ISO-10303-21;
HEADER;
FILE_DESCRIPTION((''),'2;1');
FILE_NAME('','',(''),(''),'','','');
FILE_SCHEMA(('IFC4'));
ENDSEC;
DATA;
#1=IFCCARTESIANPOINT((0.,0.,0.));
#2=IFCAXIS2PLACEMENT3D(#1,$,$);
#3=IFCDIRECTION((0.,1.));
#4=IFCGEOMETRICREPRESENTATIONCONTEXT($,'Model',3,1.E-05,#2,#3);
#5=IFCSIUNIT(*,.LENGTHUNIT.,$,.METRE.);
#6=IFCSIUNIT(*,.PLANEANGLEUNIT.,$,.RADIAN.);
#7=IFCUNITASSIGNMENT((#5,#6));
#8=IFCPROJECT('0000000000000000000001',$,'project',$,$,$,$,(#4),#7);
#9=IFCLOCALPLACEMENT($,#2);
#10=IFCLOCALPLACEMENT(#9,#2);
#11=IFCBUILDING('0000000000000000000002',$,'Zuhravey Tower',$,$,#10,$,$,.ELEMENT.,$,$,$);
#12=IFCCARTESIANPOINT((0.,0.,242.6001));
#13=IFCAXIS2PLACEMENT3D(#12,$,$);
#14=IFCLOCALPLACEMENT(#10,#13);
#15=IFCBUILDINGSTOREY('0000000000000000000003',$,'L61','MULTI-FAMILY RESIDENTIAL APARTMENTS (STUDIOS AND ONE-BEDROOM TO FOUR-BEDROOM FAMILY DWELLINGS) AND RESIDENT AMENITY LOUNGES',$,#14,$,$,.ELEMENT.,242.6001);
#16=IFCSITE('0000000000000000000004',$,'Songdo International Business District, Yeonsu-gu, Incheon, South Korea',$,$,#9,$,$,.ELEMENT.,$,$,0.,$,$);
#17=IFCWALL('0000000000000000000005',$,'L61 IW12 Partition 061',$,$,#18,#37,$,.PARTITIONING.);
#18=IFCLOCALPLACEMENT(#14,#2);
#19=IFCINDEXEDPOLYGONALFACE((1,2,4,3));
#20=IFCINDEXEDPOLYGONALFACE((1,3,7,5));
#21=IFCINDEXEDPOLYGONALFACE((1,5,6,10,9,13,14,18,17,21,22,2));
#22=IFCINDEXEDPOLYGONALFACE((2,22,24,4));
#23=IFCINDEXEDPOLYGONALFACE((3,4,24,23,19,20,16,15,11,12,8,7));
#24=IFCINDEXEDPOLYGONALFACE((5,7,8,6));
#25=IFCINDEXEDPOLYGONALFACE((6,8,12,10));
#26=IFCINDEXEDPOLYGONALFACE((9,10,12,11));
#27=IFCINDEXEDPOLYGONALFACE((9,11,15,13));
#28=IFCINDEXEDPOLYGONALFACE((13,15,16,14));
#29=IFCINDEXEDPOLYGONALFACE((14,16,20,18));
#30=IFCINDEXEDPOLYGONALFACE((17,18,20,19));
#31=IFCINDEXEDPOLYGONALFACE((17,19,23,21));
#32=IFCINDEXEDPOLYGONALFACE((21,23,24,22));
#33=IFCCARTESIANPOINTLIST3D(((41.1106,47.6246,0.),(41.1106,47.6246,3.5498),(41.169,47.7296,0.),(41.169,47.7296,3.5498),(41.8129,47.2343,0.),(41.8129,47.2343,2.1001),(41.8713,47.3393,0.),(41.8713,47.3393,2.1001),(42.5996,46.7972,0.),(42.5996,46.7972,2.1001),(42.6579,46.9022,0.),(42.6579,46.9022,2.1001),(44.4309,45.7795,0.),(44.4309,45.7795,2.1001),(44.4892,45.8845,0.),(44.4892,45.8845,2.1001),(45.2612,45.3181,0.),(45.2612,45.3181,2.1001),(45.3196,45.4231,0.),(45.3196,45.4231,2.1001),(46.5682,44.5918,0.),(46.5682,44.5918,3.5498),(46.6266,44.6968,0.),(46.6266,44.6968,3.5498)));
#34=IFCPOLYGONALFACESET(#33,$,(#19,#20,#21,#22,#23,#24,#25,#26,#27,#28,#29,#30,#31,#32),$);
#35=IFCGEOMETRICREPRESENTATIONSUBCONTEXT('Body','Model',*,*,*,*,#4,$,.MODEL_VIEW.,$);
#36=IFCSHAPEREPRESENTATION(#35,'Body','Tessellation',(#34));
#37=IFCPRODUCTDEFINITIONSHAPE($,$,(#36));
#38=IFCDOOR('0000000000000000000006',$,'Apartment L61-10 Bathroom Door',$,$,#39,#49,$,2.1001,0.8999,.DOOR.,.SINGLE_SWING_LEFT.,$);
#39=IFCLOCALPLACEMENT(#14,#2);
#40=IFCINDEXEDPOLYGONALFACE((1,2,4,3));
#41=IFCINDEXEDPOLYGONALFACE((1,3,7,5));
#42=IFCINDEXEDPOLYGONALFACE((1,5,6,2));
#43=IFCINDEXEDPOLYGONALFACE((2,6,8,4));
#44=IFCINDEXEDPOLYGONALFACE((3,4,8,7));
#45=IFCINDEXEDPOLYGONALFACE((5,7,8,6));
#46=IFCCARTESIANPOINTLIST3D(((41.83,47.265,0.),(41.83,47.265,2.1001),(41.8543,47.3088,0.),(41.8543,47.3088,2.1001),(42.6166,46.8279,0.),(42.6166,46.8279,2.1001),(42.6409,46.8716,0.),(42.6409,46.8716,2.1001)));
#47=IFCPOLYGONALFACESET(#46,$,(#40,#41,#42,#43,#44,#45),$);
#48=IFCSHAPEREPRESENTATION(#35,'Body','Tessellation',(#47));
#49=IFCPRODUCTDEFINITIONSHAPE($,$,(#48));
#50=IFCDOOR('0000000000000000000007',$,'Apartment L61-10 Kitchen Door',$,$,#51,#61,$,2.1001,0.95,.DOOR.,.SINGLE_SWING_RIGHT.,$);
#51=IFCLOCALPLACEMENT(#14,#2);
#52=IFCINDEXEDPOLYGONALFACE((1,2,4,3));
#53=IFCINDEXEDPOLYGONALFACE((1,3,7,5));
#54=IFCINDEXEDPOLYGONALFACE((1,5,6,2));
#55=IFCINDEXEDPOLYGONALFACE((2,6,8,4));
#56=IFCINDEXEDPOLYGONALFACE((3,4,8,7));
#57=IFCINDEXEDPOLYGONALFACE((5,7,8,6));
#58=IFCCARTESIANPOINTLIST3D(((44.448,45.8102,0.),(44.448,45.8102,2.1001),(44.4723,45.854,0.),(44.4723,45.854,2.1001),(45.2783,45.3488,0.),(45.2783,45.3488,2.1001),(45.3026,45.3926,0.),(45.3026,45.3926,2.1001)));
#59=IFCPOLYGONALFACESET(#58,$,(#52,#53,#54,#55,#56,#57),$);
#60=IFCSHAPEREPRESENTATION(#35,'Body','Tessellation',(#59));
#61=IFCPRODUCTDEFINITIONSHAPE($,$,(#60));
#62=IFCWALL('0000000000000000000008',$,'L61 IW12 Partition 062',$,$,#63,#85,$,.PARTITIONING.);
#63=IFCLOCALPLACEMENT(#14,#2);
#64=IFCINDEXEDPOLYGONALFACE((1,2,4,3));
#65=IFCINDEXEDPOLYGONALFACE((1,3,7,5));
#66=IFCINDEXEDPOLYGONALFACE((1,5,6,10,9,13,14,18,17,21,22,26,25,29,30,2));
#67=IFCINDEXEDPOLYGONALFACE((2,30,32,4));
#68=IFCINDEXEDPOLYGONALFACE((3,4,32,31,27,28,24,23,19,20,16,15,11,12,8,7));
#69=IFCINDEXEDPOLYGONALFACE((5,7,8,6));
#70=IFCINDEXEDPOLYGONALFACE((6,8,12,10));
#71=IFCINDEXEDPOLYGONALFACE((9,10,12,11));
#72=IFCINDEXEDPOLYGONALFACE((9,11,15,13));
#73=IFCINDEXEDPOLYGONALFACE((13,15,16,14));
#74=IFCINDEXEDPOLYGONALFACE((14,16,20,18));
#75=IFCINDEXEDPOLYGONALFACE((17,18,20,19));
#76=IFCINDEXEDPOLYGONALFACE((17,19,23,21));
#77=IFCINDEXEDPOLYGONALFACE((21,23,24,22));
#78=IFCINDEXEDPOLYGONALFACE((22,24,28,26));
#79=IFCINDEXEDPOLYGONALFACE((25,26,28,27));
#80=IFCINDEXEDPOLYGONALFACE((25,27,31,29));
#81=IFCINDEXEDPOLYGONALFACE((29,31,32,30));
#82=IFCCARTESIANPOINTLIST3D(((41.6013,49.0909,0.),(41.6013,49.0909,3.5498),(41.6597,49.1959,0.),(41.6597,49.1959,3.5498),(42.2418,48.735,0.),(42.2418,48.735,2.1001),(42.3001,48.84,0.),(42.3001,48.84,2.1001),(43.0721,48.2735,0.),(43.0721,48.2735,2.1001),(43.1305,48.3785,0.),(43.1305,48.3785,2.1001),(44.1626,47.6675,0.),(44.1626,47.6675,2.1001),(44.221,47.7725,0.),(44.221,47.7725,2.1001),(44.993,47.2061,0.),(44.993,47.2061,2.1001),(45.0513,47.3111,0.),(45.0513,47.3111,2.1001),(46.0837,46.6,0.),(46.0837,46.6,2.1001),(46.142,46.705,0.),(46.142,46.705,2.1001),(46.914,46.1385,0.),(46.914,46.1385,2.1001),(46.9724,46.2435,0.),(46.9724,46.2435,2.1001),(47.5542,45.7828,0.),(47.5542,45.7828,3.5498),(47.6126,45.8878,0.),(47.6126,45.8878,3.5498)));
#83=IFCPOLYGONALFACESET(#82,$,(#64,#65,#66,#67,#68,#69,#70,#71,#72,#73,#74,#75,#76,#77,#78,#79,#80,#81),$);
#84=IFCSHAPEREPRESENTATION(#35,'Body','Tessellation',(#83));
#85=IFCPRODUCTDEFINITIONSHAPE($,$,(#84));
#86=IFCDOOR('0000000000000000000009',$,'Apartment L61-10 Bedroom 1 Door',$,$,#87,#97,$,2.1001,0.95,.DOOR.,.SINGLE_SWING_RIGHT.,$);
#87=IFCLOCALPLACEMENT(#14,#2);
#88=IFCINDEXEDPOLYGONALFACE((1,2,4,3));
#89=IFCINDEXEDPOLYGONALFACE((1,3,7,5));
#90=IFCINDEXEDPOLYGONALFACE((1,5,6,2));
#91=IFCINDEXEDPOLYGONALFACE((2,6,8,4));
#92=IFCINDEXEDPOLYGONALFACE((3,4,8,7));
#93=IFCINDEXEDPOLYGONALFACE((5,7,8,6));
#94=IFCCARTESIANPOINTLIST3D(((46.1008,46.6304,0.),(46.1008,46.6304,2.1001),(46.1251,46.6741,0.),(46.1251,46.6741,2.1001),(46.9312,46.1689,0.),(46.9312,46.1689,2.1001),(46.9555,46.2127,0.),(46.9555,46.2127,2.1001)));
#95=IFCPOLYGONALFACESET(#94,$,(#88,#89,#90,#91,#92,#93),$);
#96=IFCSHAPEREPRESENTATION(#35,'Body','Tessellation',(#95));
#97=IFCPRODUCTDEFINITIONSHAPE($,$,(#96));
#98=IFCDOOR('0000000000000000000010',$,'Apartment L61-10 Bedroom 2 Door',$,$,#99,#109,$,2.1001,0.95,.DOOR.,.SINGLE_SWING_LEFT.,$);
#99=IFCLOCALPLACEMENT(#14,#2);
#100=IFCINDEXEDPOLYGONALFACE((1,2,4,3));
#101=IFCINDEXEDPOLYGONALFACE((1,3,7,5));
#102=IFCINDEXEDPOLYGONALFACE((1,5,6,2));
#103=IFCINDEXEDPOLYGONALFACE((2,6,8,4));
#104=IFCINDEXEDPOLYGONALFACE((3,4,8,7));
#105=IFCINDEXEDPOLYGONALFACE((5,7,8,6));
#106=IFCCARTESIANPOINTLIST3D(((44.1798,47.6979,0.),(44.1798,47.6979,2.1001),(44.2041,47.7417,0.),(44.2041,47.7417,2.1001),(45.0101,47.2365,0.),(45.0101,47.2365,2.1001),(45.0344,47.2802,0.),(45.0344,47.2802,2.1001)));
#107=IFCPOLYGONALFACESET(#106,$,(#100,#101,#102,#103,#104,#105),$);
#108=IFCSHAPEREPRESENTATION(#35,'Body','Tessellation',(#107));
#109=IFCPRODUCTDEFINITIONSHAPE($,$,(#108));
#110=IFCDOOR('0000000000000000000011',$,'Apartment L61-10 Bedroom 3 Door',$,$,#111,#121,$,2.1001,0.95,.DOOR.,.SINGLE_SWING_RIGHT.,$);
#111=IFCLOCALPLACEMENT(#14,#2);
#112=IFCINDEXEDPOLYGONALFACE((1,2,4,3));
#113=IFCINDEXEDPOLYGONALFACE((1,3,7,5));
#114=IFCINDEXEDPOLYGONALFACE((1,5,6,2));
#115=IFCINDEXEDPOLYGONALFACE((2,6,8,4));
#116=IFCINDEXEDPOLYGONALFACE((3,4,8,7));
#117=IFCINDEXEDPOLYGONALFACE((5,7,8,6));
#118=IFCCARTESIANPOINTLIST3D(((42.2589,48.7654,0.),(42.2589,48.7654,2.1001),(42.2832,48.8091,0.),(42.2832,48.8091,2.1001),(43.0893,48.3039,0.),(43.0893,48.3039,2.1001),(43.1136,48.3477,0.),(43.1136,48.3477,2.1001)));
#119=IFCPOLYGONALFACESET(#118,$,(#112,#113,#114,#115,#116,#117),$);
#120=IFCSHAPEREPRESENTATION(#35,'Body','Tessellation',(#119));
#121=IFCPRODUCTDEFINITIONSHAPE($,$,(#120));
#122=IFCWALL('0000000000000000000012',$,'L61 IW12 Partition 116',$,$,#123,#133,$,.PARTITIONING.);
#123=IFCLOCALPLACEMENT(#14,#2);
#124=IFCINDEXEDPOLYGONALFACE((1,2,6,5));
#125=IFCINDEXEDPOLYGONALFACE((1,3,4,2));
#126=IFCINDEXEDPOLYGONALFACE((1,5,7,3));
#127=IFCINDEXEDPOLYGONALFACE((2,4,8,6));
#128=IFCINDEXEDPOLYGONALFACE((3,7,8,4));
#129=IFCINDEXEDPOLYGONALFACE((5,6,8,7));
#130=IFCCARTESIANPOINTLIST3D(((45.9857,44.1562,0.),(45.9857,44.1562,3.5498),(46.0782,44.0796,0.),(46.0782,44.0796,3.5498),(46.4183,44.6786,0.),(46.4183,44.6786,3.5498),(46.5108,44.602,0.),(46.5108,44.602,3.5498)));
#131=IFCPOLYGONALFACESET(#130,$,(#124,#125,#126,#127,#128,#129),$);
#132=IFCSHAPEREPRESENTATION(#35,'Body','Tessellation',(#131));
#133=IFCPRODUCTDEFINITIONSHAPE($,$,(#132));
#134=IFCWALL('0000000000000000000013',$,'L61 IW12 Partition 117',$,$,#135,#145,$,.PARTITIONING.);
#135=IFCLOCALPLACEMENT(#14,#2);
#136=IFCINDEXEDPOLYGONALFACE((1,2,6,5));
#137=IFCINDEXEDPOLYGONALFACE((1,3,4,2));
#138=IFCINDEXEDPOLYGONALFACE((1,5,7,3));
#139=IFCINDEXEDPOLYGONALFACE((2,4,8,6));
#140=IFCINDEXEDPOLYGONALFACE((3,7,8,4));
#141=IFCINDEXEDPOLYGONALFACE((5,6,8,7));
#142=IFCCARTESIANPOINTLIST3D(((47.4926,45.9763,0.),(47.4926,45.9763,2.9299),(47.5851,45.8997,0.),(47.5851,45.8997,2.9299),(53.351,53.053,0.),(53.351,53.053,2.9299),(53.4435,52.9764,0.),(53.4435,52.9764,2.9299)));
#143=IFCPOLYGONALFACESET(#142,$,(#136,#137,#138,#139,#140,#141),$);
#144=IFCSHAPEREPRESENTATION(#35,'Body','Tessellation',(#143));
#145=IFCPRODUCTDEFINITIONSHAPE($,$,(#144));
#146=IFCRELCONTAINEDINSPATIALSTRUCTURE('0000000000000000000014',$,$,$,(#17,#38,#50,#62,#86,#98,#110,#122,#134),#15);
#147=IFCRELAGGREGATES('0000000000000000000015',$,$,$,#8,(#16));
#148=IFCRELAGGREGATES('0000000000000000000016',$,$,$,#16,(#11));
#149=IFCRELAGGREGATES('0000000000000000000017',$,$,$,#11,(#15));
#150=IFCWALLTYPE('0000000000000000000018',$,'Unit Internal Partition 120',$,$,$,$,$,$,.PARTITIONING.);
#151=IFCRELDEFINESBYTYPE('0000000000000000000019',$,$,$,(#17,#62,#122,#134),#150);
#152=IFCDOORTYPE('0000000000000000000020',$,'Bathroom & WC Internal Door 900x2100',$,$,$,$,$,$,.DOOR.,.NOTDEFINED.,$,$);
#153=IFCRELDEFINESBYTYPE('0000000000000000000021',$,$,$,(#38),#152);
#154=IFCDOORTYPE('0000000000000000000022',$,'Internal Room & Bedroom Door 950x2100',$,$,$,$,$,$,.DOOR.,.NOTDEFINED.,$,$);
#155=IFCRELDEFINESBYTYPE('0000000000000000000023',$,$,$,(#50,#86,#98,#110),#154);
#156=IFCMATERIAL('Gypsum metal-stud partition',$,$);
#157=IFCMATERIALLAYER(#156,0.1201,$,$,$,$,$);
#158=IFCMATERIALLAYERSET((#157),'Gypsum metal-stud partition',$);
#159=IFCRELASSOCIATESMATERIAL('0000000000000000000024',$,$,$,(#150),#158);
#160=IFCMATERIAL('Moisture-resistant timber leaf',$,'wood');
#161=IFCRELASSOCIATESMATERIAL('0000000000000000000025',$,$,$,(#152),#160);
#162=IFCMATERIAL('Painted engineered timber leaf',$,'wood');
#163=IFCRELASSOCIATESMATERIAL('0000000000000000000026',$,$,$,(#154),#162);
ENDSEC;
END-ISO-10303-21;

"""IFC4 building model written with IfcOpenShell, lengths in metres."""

from ifc_helpers import new_model, si_unit, direction, frame, frame_2d, origin, place, context, subcontext, project, spatial, rectangle, extrude, material, layer, layer_set, type_object, element, fill, save


model = new_model("IFC4")

# Units and contexts
model_context = context("Model", 3, precision=1e-05, world=origin(), true_north=direction((0.0, 1.0)))
body_context = subcontext(model_context, "Body", "Model", "MODEL_VIEW")
ifc_project = project(units=[si_unit("LENGTHUNIT", "METRE"), si_unit("PLANEANGLEUNIT", "RADIAN")], contexts=[model_context])

# Site, building, storey
site_placement = place(None, origin())
site = spatial("IfcSite", under=ifc_project, at=site_placement, Name="Songdo International Business District, Yeonsu-gu, Incheon, South Korea", CompositionType="ELEMENT", RefElevation=0.0)
building_placement = place(site_placement, origin())
building = spatial("IfcBuilding", under=site, at=building_placement, Name="Zuhravey Tower", CompositionType="ELEMENT")
storey_placement = place(building_placement, frame((0.0, 0.0, 242.6001)))
storey = spatial("IfcBuildingStorey", under=building, at=storey_placement, Name="L61", Description="MULTI-FAMILY RESIDENTIAL APARTMENTS (STUDIOS AND ONE-BEDROOM TO FOUR-BEDROOM FAMILY DWELLINGS) AND RESIDENT AMENITY LOUNGES", CompositionType="ELEMENT", Elevation=242.6001)

# Walls, openings, doors
ifc_material_1 = material(Name="Gypsum metal-stud partition")
ifc_layer_1 = layer(ifc_material_1, 0.1201)
ifc_layer_set_1 = layer_set([ifc_layer_1], Name="Gypsum metal-stud partition")
wall_type_1 = type_object("IfcWallType", Name="Unit Internal Partition 120", PredefinedType="PARTITIONING", material=ifc_layer_set_1)
wall_1_placement = place(storey_placement, frame((46.5974, 44.6443, 0.0), z_axis=(0.0, 0.0, 1.0), x_axis=(-0.874106, 0.485736, 0.0)))
wall_1 = element("IfcWall", 1, at=wall_1_placement, inside=storey, type_object=wall_type_1, Name="L61 IW12 Partition 061", PredefinedType="PARTITIONING", context=body_context, shape_type="SweptSolid", body=[
    extrude(rectangle(XDim=6.2437, YDim=0.1201, at=frame_2d((3.1218, 0.0))), origin(), (0.0, 0.0, 1.0), 3.5498),
])
opening_1_placement = place(wall_1_placement, frame((1.4951, 0.0, 0.0)))
opening_1 = element("IfcOpeningElement", 2, at=opening_1_placement, cuts=wall_1, PredefinedType="OPENING", context=body_context, shape_type="SweptSolid", body=[
    extrude(rectangle(XDim=0.95, YDim=2.1001, at=frame_2d((0.4751, 1.05))), frame((0.0, 0.072, 0.0), z_axis=(0.0, -1.0, 0.0), x_axis=(1.0, 0.0, 0.0)), (0.0, 0.0, 1.0), 0.144),
])
opening_2_placement = place(wall_1_placement, frame((4.5403, 0.0, 0.0)))
opening_2 = element("IfcOpeningElement", 3, at=opening_2_placement, cuts=wall_1, PredefinedType="OPENING", context=body_context, shape_type="SweptSolid", body=[
    extrude(rectangle(XDim=0.8999, YDim=2.1001, at=frame_2d((0.45, 1.05))), frame((0.0, 0.072, 0.0), z_axis=(0.0, -1.0, 0.0), x_axis=(1.0, 0.0, 0.0)), (0.0, 0.0, 1.0), 0.144),
])
ifc_material_2 = material(Name="Moisture-resistant timber leaf", Category="wood")
door_type_1 = type_object("IfcDoorType", Name="Bathroom & WC Internal Door 900x2100", OperationType="NOTDEFINED", PredefinedType="DOOR", material=ifc_material_2)
door_1_placement = place(opening_2_placement, origin())
door_1 = element("IfcDoor", 4, at=door_1_placement, inside=storey, type_object=door_type_1, Name="Apartment L61-10 Bathroom Door", OperationType="SINGLE_SWING_LEFT", OverallHeight=2.1001, OverallWidth=0.8999, PredefinedType="DOOR", context=body_context, shape_type="SweptSolid", body=[
    extrude(rectangle(XDim=0.8999, YDim=2.1001, at=frame_2d((0.45, 1.05))), frame((0.0, 0.0249, 0.0), z_axis=(0.0, -1.0, 0.0), x_axis=(1.0, 0.0, 0.0)), (0.0, 0.0, 1.0), 0.05),
])
fill(opening_2, door_1)
ifc_material_3 = material(Name="Painted engineered timber leaf", Category="wood")
door_type_2 = type_object("IfcDoorType", Name="Internal Room & Bedroom Door 950x2100", OperationType="NOTDEFINED", PredefinedType="DOOR", material=ifc_material_3)
door_2_placement = place(opening_1_placement, origin())
door_2 = element("IfcDoor", 5, at=door_2_placement, inside=storey, type_object=door_type_2, Name="Apartment L61-10 Kitchen Door", OperationType="SINGLE_SWING_RIGHT", OverallHeight=2.1001, OverallWidth=0.95, PredefinedType="DOOR", context=body_context, shape_type="SweptSolid", body=[
    extrude(rectangle(XDim=0.95, YDim=2.1001, at=frame_2d((0.4751, 1.05))), frame((0.0, 0.0249, 0.0), z_axis=(0.0, -1.0, 0.0), x_axis=(1.0, 0.0, 0.0)), (0.0, 0.0, 1.0), 0.05),
])
fill(opening_1, door_2)
wall_2_placement = place(storey_placement, frame((47.5835, 45.8352, 0.0), z_axis=(0.0, 0.0, 1.0), x_axis=(-0.874098, 0.485749, 0.0)))
wall_2 = element("IfcWall", 6, at=wall_2_placement, inside=storey, type_object=wall_type_1, Name="L61 IW12 Partition 062", PredefinedType="PARTITIONING", context=body_context, shape_type="SweptSolid", body=[
    extrude(rectangle(XDim=6.8103, YDim=0.1201, at=frame_2d((3.4053, 0.0))), origin(), (0.0, 0.0, 1.0), 3.5498),
])
opening_3_placement = place(wall_2_placement, frame((0.7324, 0.0, 0.0)))
opening_3 = element("IfcOpeningElement", 7, at=opening_3_placement, cuts=wall_2, PredefinedType="OPENING", context=body_context, shape_type="SweptSolid", body=[
    extrude(rectangle(XDim=0.95, YDim=2.1001, at=frame_2d((0.4751, 1.05))), frame((0.0, 0.072, 0.0), z_axis=(0.0, -1.0, 0.0), x_axis=(1.0, 0.0, 0.0)), (0.0, 0.0, 1.0), 0.144),
])
opening_4_placement = place(wall_2_placement, frame((2.9302, 0.0, 0.0)))
opening_4 = element("IfcOpeningElement", 8, at=opening_4_placement, cuts=wall_2, PredefinedType="OPENING", context=body_context, shape_type="SweptSolid", body=[
    extrude(rectangle(XDim=0.95, YDim=2.1001, at=frame_2d((0.4751, 1.05))), frame((0.0, 0.072, 0.0), z_axis=(0.0, -1.0, 0.0), x_axis=(1.0, 0.0, 0.0)), (0.0, 0.0, 1.0), 0.144),
])
opening_5_placement = place(wall_2_placement, frame((5.1277, 0.0, 0.0)))
opening_5 = element("IfcOpeningElement", 9, at=opening_5_placement, cuts=wall_2, PredefinedType="OPENING", context=body_context, shape_type="SweptSolid", body=[
    extrude(rectangle(XDim=0.95, YDim=2.1001, at=frame_2d((0.4751, 1.05))), frame((0.0, 0.072, 0.0), z_axis=(0.0, -1.0, 0.0), x_axis=(1.0, 0.0, 0.0)), (0.0, 0.0, 1.0), 0.144),
])
door_3_placement = place(opening_3_placement, frame((0.95, 0.0, 0.0), z_axis=(0.0, 0.0, 1.0), x_axis=(-1.0, 0.0, 0.0)))
door_3 = element("IfcDoor", 10, at=door_3_placement, inside=storey, type_object=door_type_2, Name="Apartment L61-10 Bedroom 1 Door", OperationType="SINGLE_SWING_RIGHT", OverallHeight=2.1001, OverallWidth=0.95, PredefinedType="DOOR", context=body_context, shape_type="SweptSolid", body=[
    extrude(rectangle(XDim=0.95, YDim=2.1001, at=frame_2d((0.4751, 1.05))), frame((0.0, 0.0249, 0.0), z_axis=(0.0, -1.0, 0.0), x_axis=(1.0, 0.0, 0.0)), (0.0, 0.0, 1.0), 0.05),
])
fill(opening_3, door_3)
door_4_placement = place(opening_4_placement, frame((0.95, 0.0, 0.0), z_axis=(0.0, 0.0, 1.0), x_axis=(-1.0, 0.0, 0.0)))
door_4 = element("IfcDoor", 11, at=door_4_placement, inside=storey, type_object=door_type_2, Name="Apartment L61-10 Bedroom 2 Door", OperationType="SINGLE_SWING_LEFT", OverallHeight=2.1001, OverallWidth=0.95, PredefinedType="DOOR", context=body_context, shape_type="SweptSolid", body=[
    extrude(rectangle(XDim=0.95, YDim=2.1001, at=frame_2d((0.4751, 1.05))), frame((0.0, 0.0249, 0.0), z_axis=(0.0, -1.0, 0.0), x_axis=(1.0, 0.0, 0.0)), (0.0, 0.0, 1.0), 0.05),
])
fill(opening_4, door_4)
door_5_placement = place(opening_5_placement, frame((0.95, 0.0, 0.0), z_axis=(0.0, 0.0, 1.0), x_axis=(-1.0, 0.0, 0.0)))
door_5 = element("IfcDoor", 12, at=door_5_placement, inside=storey, type_object=door_type_2, Name="Apartment L61-10 Bedroom 3 Door", OperationType="SINGLE_SWING_RIGHT", OverallHeight=2.1001, OverallWidth=0.95, PredefinedType="DOOR", context=body_context, shape_type="SweptSolid", body=[
    extrude(rectangle(XDim=0.95, YDim=2.1001, at=frame_2d((0.4751, 1.05))), frame((0.0, 0.0249, 0.0), z_axis=(0.0, -1.0, 0.0), x_axis=(1.0, 0.0, 0.0)), (0.0, 0.0, 1.0), 0.05),
])
fill(opening_5, door_5)

# Walls
wall_3_placement = place(storey_placement, frame((46.032, 44.1179, 0.0), z_axis=(0.0, 0.0, 1.0), x_axis=(0.637774, 0.770224, 0.0)))
element("IfcWall", 13, at=wall_3_placement, inside=storey, type_object=wall_type_1, Name="L61 IW12 Partition 116", PredefinedType="PARTITIONING", context=body_context, shape_type="SweptSolid", body=[
    extrude(rectangle(XDim=0.6782, YDim=0.1201, at=frame_2d((0.3391, 0.0))), origin(), (0.0, 0.0, 1.0), 3.5498),
])
wall_4_placement = place(storey_placement, frame((47.5388, 45.938, 0.0), z_axis=(0.0, 0.0, 1.0), x_axis=(0.637687, 0.770295, 0.0)))
element("IfcWall", 14, at=wall_4_placement, inside=storey, type_object=wall_type_1, Name="L61 IW12 Partition 117", PredefinedType="PARTITIONING", context=body_context, shape_type="SweptSolid", body=[
    extrude(rectangle(XDim=9.187, YDim=0.1201, at=frame_2d((4.5935, 0.0))), origin(), (0.0, 0.0, 1.0), 2.9299),
])

save(model, "model.ifc")
